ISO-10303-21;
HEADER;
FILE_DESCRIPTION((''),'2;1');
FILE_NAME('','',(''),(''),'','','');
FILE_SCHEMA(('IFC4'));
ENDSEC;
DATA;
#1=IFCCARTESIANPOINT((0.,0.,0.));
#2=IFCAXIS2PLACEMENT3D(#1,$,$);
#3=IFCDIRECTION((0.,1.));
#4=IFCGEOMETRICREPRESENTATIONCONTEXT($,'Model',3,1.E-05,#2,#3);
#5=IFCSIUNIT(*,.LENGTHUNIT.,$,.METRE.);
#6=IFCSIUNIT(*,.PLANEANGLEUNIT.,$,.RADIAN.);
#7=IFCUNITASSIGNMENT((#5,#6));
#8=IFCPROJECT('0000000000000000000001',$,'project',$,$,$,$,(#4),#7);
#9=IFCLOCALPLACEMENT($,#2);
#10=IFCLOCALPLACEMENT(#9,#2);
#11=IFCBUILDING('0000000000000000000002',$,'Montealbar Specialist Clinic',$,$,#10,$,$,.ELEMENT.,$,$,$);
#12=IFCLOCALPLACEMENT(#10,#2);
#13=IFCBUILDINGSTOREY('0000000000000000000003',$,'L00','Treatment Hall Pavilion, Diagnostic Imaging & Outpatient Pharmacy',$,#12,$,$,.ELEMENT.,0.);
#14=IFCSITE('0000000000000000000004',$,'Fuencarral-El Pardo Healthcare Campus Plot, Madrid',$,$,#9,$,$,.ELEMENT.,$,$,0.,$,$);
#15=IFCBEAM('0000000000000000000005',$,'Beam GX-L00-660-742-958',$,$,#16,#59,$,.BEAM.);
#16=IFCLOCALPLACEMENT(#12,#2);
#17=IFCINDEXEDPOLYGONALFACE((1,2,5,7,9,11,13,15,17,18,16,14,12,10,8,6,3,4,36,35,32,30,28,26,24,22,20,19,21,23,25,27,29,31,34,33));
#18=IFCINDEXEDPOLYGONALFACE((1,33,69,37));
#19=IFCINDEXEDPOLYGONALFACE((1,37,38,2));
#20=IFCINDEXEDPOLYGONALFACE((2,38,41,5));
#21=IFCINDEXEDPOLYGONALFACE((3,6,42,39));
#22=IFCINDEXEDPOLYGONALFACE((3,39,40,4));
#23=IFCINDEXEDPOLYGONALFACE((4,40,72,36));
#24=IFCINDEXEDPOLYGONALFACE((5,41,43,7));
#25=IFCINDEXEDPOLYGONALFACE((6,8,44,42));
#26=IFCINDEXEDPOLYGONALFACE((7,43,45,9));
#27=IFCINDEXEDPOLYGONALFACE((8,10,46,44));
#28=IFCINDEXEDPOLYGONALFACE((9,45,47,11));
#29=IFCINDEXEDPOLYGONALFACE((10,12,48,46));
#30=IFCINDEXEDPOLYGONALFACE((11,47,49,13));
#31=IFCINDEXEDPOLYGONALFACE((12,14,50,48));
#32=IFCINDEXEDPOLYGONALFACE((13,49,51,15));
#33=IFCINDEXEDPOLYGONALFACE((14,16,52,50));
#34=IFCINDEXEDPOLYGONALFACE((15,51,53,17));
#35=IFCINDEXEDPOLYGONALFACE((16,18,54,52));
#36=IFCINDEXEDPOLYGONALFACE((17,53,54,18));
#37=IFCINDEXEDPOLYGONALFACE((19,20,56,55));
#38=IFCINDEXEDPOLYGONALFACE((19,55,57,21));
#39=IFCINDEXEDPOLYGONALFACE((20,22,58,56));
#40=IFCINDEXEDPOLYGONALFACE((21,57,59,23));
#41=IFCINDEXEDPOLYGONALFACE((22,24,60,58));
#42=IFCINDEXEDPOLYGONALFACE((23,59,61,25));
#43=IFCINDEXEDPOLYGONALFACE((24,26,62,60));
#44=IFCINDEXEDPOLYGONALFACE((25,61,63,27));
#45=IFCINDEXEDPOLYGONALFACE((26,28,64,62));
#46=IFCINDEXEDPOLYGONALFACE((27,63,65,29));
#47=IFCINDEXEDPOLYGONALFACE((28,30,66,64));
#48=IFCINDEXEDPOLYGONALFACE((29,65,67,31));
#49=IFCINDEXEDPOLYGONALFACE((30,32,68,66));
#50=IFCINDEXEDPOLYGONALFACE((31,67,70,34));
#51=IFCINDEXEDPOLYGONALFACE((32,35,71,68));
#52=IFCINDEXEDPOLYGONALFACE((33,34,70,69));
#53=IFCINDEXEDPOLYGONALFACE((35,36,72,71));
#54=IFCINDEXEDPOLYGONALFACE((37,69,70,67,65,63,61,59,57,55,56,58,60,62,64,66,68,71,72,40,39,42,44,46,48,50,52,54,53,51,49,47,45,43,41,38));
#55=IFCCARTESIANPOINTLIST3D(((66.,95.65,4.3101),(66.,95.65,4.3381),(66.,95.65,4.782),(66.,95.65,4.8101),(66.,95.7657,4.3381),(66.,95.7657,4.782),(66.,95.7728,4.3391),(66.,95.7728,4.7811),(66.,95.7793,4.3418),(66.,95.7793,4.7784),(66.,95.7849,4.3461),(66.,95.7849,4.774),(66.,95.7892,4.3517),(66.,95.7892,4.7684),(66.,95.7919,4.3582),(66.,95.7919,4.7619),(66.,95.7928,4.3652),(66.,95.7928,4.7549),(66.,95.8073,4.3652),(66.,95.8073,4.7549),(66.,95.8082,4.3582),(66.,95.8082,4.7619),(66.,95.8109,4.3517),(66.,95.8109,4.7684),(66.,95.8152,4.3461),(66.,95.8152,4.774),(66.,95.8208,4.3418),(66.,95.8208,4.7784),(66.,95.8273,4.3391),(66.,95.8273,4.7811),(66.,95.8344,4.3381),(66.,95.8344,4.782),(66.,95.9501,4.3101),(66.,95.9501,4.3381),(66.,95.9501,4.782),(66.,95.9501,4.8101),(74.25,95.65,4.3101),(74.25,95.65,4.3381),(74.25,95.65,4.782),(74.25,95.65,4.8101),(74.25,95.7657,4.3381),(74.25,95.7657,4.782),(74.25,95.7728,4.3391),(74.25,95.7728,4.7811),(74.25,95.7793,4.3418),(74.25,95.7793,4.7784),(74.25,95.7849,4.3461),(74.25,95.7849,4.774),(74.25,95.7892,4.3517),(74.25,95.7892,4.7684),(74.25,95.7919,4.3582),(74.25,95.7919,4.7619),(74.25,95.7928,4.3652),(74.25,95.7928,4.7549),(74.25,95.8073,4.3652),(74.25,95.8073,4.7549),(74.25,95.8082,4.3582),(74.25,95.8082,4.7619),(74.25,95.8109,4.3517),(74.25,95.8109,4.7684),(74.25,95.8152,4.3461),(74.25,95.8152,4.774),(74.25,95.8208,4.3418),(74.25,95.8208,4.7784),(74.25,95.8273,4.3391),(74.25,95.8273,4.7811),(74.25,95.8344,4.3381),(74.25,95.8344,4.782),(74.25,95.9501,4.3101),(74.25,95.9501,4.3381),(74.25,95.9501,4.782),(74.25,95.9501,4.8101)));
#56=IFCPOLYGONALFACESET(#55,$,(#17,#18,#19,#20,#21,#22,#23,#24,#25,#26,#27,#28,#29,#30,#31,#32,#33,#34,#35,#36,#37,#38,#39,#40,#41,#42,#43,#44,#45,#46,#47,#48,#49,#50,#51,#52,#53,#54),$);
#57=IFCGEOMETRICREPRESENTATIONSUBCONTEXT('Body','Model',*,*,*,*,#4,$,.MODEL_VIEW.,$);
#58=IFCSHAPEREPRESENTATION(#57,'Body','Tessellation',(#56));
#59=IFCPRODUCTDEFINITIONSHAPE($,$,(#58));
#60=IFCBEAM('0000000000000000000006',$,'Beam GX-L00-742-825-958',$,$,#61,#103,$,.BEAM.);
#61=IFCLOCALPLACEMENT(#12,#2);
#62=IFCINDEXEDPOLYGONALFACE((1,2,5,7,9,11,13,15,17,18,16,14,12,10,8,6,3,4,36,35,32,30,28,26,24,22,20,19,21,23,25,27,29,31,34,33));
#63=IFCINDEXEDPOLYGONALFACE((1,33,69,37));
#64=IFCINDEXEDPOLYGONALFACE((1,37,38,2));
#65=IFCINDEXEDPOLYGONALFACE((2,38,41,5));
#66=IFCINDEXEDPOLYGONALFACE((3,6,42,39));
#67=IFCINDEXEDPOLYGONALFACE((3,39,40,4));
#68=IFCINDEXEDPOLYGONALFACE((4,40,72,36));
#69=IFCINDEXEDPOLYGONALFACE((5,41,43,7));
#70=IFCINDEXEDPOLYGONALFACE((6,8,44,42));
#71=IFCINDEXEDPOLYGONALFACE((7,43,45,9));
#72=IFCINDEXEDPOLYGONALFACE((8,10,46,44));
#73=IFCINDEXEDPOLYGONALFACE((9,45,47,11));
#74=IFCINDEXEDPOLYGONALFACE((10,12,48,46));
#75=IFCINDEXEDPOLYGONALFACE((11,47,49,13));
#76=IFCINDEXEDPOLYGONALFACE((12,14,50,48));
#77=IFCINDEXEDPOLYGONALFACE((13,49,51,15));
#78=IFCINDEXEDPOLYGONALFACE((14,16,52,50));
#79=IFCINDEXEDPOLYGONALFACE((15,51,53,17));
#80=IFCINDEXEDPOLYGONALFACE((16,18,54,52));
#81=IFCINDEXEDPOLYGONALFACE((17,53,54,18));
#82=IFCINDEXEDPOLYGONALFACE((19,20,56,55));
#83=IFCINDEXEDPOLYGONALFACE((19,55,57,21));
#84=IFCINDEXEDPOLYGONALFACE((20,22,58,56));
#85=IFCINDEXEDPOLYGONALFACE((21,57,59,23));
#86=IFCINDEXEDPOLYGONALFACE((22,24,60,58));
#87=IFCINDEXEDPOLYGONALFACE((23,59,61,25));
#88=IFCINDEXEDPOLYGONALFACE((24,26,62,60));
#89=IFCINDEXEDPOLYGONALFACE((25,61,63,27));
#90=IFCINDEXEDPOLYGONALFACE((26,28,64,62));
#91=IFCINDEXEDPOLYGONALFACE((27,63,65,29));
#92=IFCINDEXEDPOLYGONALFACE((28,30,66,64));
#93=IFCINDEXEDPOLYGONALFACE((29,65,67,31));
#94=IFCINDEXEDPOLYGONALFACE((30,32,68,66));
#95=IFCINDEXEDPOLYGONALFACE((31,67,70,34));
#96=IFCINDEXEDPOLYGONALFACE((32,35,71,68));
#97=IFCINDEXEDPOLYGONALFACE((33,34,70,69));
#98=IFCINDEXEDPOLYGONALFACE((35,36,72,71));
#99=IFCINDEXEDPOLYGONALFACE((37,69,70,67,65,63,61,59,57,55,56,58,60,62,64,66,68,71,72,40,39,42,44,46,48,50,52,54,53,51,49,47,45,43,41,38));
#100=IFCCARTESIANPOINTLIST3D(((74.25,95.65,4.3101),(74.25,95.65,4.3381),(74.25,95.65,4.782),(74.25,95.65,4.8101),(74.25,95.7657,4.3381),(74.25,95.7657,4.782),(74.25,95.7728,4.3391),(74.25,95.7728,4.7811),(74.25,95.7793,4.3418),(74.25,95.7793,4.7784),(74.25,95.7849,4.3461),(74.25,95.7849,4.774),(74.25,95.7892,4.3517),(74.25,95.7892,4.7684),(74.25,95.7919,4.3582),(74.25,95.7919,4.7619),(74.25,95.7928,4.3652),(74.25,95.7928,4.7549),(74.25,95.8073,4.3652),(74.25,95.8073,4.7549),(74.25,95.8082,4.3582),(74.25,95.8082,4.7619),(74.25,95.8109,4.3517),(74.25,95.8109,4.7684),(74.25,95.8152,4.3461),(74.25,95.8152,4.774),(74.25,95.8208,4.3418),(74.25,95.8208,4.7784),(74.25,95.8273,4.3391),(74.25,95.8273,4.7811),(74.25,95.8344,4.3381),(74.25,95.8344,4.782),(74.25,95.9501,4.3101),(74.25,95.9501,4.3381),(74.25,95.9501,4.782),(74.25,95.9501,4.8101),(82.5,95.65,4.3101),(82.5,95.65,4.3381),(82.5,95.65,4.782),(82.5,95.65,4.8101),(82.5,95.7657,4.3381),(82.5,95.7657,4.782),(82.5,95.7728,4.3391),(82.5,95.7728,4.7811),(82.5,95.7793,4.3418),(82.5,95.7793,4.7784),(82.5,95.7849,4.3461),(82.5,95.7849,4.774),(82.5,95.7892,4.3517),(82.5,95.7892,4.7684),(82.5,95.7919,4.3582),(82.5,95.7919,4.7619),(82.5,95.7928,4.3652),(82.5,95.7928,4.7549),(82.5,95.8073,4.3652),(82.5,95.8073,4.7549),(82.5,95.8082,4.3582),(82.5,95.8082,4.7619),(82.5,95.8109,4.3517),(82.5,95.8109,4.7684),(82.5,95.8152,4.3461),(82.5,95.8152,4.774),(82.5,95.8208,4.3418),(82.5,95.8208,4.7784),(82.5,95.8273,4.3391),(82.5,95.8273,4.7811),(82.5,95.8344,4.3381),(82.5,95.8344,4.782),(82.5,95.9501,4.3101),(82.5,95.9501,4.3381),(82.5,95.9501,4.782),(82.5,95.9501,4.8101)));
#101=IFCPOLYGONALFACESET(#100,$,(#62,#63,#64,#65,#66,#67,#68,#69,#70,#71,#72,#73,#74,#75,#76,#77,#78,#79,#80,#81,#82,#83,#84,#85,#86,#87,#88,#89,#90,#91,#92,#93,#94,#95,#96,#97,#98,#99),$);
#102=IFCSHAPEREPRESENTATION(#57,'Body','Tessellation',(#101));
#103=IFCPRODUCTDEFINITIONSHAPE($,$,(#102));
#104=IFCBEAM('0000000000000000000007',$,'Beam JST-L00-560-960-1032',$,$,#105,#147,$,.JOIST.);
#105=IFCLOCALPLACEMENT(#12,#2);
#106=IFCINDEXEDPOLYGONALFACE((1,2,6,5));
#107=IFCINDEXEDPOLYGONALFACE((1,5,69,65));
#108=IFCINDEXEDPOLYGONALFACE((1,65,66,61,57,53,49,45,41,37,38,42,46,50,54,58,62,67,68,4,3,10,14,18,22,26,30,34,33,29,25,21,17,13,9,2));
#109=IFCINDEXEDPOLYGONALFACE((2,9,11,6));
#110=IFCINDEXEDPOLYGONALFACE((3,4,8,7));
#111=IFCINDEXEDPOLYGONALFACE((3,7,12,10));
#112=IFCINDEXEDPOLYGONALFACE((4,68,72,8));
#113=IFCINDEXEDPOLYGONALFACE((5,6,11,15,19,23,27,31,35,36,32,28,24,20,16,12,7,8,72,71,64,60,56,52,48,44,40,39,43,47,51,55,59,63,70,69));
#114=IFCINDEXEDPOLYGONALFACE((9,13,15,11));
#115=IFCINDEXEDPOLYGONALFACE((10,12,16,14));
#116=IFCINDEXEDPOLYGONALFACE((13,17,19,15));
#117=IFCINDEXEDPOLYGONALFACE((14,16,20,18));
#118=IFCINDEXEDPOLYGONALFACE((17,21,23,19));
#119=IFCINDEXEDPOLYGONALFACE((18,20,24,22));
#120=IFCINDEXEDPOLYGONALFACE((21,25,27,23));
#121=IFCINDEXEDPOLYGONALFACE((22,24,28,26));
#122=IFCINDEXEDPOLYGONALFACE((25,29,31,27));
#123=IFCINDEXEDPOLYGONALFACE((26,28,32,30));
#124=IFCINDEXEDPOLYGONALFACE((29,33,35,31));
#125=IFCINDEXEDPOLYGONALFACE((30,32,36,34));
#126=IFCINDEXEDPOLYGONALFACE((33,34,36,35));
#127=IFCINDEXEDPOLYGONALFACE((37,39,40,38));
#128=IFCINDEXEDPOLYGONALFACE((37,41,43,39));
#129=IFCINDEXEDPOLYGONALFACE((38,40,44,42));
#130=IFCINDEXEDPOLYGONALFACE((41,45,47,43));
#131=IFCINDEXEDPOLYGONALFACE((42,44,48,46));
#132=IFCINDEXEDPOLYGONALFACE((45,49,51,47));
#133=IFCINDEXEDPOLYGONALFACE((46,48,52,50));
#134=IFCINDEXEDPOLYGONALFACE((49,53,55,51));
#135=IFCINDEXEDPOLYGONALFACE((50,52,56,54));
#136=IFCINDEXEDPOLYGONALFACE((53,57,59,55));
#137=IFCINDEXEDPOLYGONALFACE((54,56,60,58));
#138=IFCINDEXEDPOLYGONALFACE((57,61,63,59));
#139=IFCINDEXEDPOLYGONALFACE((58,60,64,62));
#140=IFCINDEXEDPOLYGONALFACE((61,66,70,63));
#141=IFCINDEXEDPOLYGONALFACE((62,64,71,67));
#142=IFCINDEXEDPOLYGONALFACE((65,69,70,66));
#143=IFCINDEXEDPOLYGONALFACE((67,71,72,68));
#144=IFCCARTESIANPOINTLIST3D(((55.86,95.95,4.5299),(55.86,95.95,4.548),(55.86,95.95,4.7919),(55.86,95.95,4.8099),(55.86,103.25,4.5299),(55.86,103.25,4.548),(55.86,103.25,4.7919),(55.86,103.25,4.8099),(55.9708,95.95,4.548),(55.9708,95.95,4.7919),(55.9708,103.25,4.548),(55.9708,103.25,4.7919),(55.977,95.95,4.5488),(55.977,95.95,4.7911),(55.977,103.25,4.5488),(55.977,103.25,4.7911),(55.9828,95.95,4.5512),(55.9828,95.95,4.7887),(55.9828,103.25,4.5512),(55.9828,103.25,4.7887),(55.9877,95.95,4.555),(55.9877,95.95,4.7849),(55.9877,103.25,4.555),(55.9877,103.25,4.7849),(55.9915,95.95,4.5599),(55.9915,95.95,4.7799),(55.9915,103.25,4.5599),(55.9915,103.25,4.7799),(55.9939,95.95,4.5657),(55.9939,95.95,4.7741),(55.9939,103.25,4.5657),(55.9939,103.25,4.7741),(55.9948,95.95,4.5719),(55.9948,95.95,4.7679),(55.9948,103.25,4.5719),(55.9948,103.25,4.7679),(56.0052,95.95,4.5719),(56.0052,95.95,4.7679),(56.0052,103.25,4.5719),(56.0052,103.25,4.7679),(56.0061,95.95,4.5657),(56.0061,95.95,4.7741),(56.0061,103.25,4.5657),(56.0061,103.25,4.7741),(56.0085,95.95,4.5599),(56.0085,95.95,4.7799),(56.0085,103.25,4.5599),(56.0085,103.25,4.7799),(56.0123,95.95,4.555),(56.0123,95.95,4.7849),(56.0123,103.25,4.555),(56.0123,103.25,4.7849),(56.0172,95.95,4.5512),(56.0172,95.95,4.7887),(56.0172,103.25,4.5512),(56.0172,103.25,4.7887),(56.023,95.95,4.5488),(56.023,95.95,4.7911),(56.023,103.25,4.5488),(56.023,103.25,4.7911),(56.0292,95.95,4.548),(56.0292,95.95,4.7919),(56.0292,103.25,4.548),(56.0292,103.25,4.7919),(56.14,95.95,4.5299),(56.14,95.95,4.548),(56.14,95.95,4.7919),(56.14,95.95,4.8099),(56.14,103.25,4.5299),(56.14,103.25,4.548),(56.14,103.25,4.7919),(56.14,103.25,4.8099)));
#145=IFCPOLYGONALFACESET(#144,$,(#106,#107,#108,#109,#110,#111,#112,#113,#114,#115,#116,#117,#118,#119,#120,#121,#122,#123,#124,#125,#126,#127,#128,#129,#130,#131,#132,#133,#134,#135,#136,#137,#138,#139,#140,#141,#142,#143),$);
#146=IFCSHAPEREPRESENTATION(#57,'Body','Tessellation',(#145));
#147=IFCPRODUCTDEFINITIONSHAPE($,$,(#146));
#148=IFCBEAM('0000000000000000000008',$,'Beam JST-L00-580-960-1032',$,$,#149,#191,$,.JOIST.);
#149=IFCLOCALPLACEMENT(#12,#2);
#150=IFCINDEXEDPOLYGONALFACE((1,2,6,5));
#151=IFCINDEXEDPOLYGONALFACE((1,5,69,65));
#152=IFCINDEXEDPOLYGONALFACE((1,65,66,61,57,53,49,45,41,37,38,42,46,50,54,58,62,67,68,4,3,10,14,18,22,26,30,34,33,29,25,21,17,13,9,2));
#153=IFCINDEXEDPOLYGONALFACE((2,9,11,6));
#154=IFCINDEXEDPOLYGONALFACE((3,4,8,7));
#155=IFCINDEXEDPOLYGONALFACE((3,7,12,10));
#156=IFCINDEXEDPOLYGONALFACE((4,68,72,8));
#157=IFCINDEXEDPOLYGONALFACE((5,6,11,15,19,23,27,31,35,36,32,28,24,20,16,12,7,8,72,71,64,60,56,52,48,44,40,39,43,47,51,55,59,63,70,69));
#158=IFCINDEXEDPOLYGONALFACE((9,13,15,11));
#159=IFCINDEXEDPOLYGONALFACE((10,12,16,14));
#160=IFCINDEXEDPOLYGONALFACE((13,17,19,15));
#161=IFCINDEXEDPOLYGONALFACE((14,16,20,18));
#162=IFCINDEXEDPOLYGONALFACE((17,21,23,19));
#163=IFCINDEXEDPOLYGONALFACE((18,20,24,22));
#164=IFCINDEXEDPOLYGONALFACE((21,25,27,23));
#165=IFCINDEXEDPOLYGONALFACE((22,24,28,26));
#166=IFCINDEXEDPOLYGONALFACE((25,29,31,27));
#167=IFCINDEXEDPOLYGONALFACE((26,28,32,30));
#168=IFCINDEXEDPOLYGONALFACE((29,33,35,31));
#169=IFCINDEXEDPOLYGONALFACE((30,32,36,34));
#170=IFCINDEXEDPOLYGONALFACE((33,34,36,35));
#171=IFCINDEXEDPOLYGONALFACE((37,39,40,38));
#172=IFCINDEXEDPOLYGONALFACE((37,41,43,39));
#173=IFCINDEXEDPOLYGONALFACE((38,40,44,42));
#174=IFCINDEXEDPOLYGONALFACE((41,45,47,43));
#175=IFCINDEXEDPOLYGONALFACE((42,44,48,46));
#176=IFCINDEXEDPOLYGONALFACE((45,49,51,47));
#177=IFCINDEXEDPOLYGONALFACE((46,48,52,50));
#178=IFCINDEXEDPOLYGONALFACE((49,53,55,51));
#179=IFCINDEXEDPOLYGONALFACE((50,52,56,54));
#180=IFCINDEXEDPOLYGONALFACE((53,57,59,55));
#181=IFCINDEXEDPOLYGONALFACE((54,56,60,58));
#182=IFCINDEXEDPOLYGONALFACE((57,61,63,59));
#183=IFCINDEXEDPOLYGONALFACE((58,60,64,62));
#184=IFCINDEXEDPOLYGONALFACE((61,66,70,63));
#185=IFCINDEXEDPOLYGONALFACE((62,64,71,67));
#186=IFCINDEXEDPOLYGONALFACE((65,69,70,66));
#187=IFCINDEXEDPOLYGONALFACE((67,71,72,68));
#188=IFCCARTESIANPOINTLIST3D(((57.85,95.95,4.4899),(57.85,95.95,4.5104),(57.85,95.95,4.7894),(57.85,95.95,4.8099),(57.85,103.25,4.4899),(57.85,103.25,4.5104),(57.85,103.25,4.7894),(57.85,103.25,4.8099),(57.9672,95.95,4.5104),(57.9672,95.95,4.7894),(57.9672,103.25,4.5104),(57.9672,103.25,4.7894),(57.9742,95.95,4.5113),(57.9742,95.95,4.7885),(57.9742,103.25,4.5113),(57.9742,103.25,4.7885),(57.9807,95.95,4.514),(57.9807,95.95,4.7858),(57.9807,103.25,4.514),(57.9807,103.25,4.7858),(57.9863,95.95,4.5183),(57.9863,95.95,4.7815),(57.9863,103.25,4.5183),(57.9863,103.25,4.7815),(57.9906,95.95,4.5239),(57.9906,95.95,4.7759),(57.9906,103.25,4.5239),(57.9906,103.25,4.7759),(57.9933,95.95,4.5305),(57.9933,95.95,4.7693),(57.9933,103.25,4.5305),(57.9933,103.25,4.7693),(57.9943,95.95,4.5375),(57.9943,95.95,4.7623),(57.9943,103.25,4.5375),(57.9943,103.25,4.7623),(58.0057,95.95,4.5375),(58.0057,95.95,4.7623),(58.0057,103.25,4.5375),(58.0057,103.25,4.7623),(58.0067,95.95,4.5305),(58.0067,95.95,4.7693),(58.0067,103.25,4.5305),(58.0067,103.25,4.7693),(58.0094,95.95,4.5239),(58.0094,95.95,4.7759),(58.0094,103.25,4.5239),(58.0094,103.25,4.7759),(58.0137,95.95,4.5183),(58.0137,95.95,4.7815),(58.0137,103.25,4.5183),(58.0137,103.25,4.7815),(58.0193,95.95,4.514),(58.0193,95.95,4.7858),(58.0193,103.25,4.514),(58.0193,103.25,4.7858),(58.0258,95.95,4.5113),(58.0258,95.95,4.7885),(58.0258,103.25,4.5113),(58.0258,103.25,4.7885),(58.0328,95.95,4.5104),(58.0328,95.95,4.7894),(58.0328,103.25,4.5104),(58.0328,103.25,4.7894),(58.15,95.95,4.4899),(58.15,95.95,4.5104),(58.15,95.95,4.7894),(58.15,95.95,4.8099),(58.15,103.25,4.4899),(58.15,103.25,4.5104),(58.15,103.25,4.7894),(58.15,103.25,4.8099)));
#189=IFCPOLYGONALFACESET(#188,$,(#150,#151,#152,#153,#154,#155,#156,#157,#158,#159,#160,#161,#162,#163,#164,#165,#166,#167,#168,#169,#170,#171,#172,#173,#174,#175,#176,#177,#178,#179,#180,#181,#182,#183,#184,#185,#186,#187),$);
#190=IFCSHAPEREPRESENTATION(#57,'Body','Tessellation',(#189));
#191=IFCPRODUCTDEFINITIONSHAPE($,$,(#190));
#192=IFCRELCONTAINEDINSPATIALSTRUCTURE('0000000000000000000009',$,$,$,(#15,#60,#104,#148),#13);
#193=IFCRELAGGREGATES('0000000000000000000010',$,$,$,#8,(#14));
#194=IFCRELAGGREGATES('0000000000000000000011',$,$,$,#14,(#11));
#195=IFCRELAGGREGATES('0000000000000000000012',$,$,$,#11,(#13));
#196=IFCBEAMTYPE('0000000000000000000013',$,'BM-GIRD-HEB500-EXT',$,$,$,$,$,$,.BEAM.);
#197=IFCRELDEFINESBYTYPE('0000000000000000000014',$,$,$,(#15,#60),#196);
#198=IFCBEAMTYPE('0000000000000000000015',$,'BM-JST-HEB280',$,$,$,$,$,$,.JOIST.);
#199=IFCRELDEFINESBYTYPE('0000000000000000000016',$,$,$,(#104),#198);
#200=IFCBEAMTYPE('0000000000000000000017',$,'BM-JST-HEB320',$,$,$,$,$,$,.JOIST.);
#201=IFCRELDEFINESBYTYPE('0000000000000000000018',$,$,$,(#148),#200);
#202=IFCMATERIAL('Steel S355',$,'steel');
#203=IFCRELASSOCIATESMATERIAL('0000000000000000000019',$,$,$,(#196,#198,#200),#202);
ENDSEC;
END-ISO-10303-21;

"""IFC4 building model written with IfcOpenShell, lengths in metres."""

from ifc_helpers import new_model, si_unit, direction, frame, origin, origin_2d, place, context, subcontext, project, spatial, i_section, extrude, material, material_profile, profile_set, type_object, element, save


model = new_model("IFC4")

# Units and contexts
model_context = context("Model", 3, precision=1e-05, world=origin(), true_north=direction((0.0, 1.0)))
body_context = subcontext(model_context, "Body", "Model", "MODEL_VIEW")
ifc_project = project(units=[si_unit("LENGTHUNIT", "METRE"), si_unit("PLANEANGLEUNIT", "RADIAN")], contexts=[model_context])

# Site, building, storey
site_placement = place(None, origin())
site = spatial("IfcSite", under=ifc_project, at=site_placement, Name="Fuencarral-El Pardo Healthcare Campus Plot, Madrid", CompositionType="ELEMENT", RefElevation=0.0)
building_placement = place(site_placement, origin())
building = spatial("IfcBuilding", under=site, at=building_placement, Name="Montealbar Specialist Clinic", CompositionType="ELEMENT")
storey_placement = place(building_placement, origin())
storey = spatial("IfcBuildingStorey", under=building, at=storey_placement, Name="L00", Description="Treatment Hall Pavilion, Diagnostic Imaging & Outpatient Pharmacy", CompositionType="ELEMENT", Elevation=0.0)

# Shared definitions
ifc_material_1 = material(Name="Steel S355", Category="steel")

# Beams
ifc_material_profile_1 = material_profile(ifc_material_1, i_section(OverallWidth=0.3, OverallDepth=0.5, WebThickness=0.0144, FlangeThickness=0.0281, FilletRadius=0.0271, at=origin_2d()), Name="HEB 500", Category="steel")
ifc_profile_set_1 = profile_set([ifc_material_profile_1], Name="Steel S355")
beam_type_1 = type_object("IfcBeamType", Name="BM-GIRD-HEB500-EXT", PredefinedType="BEAM", material=ifc_profile_set_1)
for number, where, z_axis, x_axis, name in (
    (1, (66.0, 95.8, 4.5601), (1.0, 0.0, 0.0), (0.0, 1.0, 0.0), "Beam GX-L00-660-742-958"),
    (2, (74.25, 95.8, 4.5601), (1.0, 0.0, 0.0), (0.0, 1.0, 0.0), "Beam GX-L00-742-825-958"),
):
    element("IfcBeam", number, at=place(storey_placement, frame(where, z_axis=z_axis, x_axis=x_axis)), inside=storey, type_object=beam_type_1, Name=name, PredefinedType="BEAM", context=body_context, shape_type="SweptSolid", body=[
        extrude(i_section(OverallWidth=0.3, OverallDepth=0.5, WebThickness=0.0144, FlangeThickness=0.0281, FilletRadius=0.0271, at=origin_2d()), origin(), (0.0, 0.0, 1.0), 8.25),
    ])
ifc_material_profile_2 = material_profile(ifc_material_1, i_section(OverallWidth=0.28, OverallDepth=0.28, WebThickness=0.0105, FlangeThickness=0.0181, FilletRadius=0.0239, at=origin_2d()), Name="HEB 280", Category="steel")
ifc_profile_set_2 = profile_set([ifc_material_profile_2], Name="Steel S355")
beam_type_2 = type_object("IfcBeamType", Name="BM-JST-HEB280", PredefinedType="JOIST", material=ifc_profile_set_2)
beam_1_placement = place(storey_placement, frame((56.0, 95.95, 4.6699), z_axis=(0.0, 1.0, 0.0), x_axis=(-1.0, 0.0, 0.0)))
element("IfcBeam", 3, at=beam_1_placement, inside=storey, type_object=beam_type_2, Name="Beam JST-L00-560-960-1032", PredefinedType="JOIST", context=body_context, shape_type="SweptSolid", body=[
    extrude(i_section(OverallWidth=0.28, OverallDepth=0.28, WebThickness=0.0105, FlangeThickness=0.0181, FilletRadius=0.0239, at=origin_2d()), origin(), (0.0, 0.0, 1.0), 7.3),
])
ifc_material_profile_3 = material_profile(ifc_material_1, i_section(OverallWidth=0.3, OverallDepth=0.3201, WebThickness=0.0115, FlangeThickness=0.0205, FilletRadius=0.0271, at=origin_2d()), Name="HEB 320", Category="steel")
ifc_profile_set_3 = profile_set([ifc_material_profile_3], Name="Steel S355")
beam_type_3 = type_object("IfcBeamType", Name="BM-JST-HEB320", PredefinedType="JOIST", material=ifc_profile_set_3)
beam_2_placement = place(storey_placement, frame((58.0, 95.95, 4.6499), z_axis=(0.0, 1.0, 0.0), x_axis=(-1.0, 0.0, 0.0)))
element("IfcBeam", 4, at=beam_2_placement, inside=storey, type_object=beam_type_3, Name="Beam JST-L00-580-960-1032", PredefinedType="JOIST", context=body_context, shape_type="SweptSolid", body=[
    extrude(i_section(OverallWidth=0.3, OverallDepth=0.3201, WebThickness=0.0115, FlangeThickness=0.0205, FilletRadius=0.0271, at=origin_2d()), origin(), (0.0, 0.0, 1.0), 7.3),
])

save(model, "model.ifc")
